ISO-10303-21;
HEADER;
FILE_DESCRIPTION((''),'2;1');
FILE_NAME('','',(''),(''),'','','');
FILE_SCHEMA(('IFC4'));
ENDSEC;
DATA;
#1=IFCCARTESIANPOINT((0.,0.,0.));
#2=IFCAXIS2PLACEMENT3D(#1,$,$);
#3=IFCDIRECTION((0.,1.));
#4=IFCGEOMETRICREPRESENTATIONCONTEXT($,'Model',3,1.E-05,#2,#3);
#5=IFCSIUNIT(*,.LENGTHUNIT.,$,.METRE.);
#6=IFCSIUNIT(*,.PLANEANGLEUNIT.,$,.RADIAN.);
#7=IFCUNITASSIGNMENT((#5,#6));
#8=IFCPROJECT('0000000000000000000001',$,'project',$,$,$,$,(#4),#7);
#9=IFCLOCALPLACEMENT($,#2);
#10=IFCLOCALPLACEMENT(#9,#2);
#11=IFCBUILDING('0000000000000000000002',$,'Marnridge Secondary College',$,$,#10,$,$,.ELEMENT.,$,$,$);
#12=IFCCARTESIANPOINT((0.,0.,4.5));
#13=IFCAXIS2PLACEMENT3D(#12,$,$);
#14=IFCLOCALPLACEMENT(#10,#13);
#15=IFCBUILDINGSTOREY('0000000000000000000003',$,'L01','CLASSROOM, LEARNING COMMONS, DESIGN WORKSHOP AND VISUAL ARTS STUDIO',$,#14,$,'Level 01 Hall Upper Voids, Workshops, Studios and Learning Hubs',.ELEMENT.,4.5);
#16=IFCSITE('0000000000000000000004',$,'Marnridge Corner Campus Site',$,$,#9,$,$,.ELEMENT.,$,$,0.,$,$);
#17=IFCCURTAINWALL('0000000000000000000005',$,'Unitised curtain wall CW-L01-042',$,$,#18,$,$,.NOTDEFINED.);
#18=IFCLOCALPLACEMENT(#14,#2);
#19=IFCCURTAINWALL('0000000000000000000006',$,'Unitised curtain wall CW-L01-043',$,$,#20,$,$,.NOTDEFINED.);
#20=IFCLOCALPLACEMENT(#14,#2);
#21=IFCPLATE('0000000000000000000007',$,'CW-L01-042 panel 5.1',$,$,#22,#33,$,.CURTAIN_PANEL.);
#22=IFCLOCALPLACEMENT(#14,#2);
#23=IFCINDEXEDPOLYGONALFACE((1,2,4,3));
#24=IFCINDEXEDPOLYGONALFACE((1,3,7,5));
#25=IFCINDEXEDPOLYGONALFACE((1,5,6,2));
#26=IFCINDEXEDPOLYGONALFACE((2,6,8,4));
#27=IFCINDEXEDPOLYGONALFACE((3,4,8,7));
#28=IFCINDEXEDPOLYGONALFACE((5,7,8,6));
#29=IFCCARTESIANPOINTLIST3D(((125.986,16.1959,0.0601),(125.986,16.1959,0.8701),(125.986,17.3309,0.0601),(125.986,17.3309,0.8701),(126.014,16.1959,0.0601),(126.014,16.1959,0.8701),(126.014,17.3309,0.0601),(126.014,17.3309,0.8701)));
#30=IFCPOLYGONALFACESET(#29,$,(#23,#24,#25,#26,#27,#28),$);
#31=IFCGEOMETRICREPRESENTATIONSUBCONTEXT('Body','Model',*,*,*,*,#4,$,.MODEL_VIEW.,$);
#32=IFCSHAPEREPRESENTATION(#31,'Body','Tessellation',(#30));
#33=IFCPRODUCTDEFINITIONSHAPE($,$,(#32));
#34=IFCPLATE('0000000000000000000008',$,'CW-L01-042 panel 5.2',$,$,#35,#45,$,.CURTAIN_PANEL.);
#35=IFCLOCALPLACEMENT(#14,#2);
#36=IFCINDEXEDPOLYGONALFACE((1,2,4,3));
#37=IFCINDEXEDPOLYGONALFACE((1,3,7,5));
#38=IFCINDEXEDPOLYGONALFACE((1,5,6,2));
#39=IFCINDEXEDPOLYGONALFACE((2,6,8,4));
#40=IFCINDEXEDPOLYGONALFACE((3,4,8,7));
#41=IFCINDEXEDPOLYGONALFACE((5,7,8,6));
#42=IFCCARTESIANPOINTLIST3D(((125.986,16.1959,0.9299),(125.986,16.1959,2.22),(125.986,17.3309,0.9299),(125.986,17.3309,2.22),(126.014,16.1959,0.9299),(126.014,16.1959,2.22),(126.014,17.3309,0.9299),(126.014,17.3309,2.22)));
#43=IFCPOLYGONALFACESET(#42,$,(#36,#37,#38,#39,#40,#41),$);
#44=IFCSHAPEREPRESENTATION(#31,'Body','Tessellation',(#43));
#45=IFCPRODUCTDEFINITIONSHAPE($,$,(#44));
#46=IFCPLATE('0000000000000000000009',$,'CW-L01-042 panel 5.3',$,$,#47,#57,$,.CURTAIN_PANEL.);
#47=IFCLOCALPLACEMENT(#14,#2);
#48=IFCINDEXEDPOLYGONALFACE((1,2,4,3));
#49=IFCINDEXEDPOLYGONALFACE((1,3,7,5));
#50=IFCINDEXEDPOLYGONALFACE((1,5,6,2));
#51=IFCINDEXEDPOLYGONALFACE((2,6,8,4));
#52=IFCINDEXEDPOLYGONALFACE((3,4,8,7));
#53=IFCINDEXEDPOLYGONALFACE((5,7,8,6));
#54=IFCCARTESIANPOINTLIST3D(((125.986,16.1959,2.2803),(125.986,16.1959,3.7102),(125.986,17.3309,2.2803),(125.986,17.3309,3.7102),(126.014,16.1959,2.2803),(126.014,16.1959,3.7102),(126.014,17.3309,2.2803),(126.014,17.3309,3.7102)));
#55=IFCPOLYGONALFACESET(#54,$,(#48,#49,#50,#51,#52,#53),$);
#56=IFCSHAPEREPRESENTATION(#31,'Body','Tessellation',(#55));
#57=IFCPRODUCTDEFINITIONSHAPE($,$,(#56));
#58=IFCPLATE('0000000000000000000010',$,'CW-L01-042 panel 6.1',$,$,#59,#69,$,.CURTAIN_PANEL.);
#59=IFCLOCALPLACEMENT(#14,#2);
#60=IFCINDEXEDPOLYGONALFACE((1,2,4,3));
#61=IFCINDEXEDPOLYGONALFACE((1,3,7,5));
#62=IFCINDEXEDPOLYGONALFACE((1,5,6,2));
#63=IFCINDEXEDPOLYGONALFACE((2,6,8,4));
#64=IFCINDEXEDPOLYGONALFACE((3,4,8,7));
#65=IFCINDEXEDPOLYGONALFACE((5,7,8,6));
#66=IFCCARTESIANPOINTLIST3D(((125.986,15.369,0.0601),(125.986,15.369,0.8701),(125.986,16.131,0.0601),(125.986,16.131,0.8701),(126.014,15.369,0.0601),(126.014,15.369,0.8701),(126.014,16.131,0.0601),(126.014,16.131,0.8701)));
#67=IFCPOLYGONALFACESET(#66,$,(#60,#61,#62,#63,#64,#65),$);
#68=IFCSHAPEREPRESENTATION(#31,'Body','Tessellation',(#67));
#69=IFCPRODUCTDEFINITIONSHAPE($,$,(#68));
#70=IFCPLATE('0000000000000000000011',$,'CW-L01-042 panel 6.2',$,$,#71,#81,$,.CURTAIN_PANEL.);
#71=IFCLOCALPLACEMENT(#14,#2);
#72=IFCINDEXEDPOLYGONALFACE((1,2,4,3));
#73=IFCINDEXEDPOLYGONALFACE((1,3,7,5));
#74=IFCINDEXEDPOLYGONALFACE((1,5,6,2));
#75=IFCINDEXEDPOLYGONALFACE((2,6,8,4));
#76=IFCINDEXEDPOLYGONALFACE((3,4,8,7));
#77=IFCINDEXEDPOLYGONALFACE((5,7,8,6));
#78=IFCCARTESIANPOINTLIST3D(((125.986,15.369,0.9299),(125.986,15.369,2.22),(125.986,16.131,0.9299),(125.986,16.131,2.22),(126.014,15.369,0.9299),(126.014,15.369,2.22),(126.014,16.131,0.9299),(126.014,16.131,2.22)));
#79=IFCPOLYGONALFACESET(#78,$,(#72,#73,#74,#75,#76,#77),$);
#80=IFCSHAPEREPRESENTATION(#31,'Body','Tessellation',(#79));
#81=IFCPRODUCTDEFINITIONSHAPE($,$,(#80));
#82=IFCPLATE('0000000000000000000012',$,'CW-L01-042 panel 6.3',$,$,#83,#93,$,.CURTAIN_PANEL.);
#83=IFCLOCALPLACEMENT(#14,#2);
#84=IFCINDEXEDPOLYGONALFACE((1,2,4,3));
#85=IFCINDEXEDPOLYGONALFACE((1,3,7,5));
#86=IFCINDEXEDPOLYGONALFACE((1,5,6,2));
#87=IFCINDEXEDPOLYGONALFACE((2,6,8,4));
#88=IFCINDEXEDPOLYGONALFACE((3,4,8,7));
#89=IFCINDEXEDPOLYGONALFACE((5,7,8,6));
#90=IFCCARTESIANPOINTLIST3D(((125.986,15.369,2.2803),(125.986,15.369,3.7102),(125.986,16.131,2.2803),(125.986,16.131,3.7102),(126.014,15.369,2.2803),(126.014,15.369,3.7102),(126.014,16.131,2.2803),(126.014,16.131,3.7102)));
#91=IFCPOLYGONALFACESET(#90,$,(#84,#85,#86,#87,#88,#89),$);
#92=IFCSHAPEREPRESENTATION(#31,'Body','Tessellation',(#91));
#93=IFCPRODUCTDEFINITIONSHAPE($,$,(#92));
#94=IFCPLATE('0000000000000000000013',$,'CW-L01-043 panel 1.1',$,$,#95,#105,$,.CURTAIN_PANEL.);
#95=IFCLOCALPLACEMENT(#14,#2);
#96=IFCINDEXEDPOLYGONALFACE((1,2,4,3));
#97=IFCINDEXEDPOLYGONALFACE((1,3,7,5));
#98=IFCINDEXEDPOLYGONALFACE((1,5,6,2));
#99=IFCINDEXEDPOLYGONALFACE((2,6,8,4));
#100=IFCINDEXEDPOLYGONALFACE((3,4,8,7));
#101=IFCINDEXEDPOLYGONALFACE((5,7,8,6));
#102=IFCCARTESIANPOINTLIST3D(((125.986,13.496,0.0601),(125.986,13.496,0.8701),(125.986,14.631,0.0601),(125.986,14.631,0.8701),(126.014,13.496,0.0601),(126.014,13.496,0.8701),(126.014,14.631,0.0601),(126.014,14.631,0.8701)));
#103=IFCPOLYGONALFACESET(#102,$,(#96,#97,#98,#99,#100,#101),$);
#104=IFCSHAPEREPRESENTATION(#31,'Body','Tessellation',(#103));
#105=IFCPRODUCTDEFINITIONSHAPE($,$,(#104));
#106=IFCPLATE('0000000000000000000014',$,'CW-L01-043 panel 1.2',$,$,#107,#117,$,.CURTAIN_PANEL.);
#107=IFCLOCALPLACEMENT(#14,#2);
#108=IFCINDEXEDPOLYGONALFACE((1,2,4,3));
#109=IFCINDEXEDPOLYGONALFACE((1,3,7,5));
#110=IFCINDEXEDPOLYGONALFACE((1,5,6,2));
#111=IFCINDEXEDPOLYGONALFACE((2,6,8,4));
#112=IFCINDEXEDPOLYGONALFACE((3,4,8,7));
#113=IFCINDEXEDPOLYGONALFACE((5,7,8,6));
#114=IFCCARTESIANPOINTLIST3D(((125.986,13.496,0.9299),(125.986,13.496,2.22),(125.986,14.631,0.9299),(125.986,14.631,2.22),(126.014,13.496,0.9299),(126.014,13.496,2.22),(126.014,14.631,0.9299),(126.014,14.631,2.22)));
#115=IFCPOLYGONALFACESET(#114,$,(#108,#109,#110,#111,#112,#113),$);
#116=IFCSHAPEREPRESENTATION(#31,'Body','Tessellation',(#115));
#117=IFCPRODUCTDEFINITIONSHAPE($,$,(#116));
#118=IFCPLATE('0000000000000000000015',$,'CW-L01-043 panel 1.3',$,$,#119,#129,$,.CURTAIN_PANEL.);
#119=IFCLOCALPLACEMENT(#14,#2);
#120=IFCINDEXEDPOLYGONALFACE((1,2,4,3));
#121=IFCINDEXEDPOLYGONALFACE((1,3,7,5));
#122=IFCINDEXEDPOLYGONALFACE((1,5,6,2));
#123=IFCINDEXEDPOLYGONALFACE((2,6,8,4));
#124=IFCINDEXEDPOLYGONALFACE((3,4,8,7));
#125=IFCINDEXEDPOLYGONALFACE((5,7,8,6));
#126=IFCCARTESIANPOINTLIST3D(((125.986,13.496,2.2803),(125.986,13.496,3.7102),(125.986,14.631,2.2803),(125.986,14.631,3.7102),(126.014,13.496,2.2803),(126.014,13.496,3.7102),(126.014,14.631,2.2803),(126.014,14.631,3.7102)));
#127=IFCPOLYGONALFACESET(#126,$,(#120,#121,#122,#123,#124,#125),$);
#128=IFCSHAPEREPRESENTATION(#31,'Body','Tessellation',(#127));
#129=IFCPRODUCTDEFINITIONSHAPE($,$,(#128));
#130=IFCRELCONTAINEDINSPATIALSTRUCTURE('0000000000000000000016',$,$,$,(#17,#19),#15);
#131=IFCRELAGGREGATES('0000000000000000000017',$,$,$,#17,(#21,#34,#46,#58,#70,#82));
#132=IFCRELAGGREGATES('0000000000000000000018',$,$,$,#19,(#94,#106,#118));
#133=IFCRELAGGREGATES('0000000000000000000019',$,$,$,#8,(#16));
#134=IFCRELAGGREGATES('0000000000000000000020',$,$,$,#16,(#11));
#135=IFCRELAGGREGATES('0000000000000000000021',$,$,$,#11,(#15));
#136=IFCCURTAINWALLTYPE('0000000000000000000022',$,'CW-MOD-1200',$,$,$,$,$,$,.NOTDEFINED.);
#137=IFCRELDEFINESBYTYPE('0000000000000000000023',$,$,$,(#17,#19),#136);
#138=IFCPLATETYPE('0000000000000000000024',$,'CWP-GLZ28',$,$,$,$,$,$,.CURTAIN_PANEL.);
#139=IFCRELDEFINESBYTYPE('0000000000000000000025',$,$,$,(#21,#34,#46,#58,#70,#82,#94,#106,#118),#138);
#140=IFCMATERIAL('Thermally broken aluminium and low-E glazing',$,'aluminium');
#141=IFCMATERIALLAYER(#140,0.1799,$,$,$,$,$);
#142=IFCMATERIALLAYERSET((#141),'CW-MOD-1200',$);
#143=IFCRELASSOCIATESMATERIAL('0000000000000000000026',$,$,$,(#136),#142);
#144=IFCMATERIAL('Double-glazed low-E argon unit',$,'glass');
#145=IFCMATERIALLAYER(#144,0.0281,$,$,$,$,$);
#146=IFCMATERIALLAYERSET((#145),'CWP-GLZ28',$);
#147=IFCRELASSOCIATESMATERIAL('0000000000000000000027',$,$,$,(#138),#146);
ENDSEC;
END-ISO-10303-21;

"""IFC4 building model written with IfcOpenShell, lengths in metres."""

from ifc_helpers import new_model, si_unit, direction, frame, origin, origin_2d, place, context, subcontext, project, spatial, rectangle, extrude, material, layer, layer_set, type_object, element, aggregate, save


model = new_model("IFC4")

# Units and contexts
model_context = context("Model", 3, precision=1e-05, world=origin(), true_north=direction((0.0, 1.0)))
body_context = subcontext(model_context, "Body", "Model", "MODEL_VIEW")
ifc_project = project(units=[si_unit("LENGTHUNIT", "METRE"), si_unit("PLANEANGLEUNIT", "RADIAN")], contexts=[model_context])

# Site, building, storey
site_placement = place(None, origin())
site = spatial("IfcSite", under=ifc_project, at=site_placement, Name="Marnridge Corner Campus Site", CompositionType="ELEMENT", RefElevation=0.0)
building_placement = place(site_placement, origin())
building = spatial("IfcBuilding", under=site, at=building_placement, Name="Marnridge Secondary College", CompositionType="ELEMENT")
storey_placement = place(building_placement, frame((0.0, 0.0, 4.5)))
storey = spatial("IfcBuildingStorey", under=building, at=storey_placement, Name="L01", Description="CLASSROOM, LEARNING COMMONS, DESIGN WORKSHOP AND VISUAL ARTS STUDIO", LongName="Level 01 Hall Upper Voids, Workshops, Studios and Learning Hubs", CompositionType="ELEMENT", Elevation=4.5)

# Curtain walls
ifc_material_1 = material(Name="Thermally broken aluminium and low-E glazing", Category="aluminium")
ifc_layer_1 = layer(ifc_material_1, 0.1799)
ifc_layer_set_1 = layer_set([ifc_layer_1], Name="CW-MOD-1200")
curtain_wall_type = type_object("IfcCurtainWallType", Name="CW-MOD-1200", PredefinedType="NOTDEFINED", material=ifc_layer_set_1)
curtain_wall_1_placement = place(storey_placement, origin())
curtain_wall_1 = element("IfcCurtainWall", 1, at=curtain_wall_1_placement, inside=storey, type_object=curtain_wall_type, Name="Unitised curtain wall CW-L01-042", PredefinedType="NOTDEFINED")
curtain_wall_2_placement = place(storey_placement, origin())
curtain_wall_2 = element("IfcCurtainWall", 2, at=curtain_wall_2_placement, inside=storey, type_object=curtain_wall_type, Name="Unitised curtain wall CW-L01-043", PredefinedType="NOTDEFINED")

# Plates
ifc_material_2 = material(Name="Double-glazed low-E argon unit", Category="glass")
ifc_layer_2 = layer(ifc_material_2, 0.0281)
ifc_layer_set_2 = layer_set([ifc_layer_2], Name="CWP-GLZ28")
plate_type = type_object("IfcPlateType", Name="CWP-GLZ28", PredefinedType="CURTAIN_PANEL", material=ifc_layer_set_2)
plate_1_placement = place(storey_placement, frame((126.0, 16.7634, 0.0601), z_axis=(0.0, 0.0, 1.0), x_axis=(0.0, -1.0, 0.0)))
plate_1 = element("IfcPlate", 3, at=plate_1_placement, type_object=plate_type, Name="CW-L01-042 panel 5.1", PredefinedType="CURTAIN_PANEL", context=body_context, shape_type="SweptSolid", body=[
    extrude(rectangle(XDim=1.135, YDim=0.0281, at=origin_2d()), origin(), (0.0, 0.0, 1.0), 0.8101),
])
plate_2_placement = place(storey_placement, frame((126.0, 16.7634, 0.9299), z_axis=(0.0, 0.0, 1.0), x_axis=(0.0, -1.0, 0.0)))
plate_2 = element("IfcPlate", 4, at=plate_2_placement, type_object=plate_type, Name="CW-L01-042 panel 5.2", PredefinedType="CURTAIN_PANEL", context=body_context, shape_type="SweptSolid", body=[
    extrude(rectangle(XDim=1.135, YDim=0.0281, at=origin_2d()), origin(), (0.0, 0.0, 1.0), 1.29),
])
plate_3_placement = place(storey_placement, frame((126.0, 16.7634, 2.2803), z_axis=(0.0, 0.0, 1.0), x_axis=(0.0, -1.0, 0.0)))
plate_3 = element("IfcPlate", 5, at=plate_3_placement, type_object=plate_type, Name="CW-L01-042 panel 5.3", PredefinedType="CURTAIN_PANEL", context=body_context, shape_type="SweptSolid", body=[
    extrude(rectangle(XDim=1.135, YDim=0.0281, at=origin_2d()), origin(), (0.0, 0.0, 1.0), 1.4299),
])
plate_4_placement = place(storey_placement, frame((126.0, 15.75, 0.0601), z_axis=(0.0, 0.0, 1.0), x_axis=(0.0, -1.0, 0.0)))
plate_4 = element("IfcPlate", 6, at=plate_4_placement, type_object=plate_type, Name="CW-L01-042 panel 6.1", PredefinedType="CURTAIN_PANEL", context=body_context, shape_type="SweptSolid", body=[
    extrude(rectangle(XDim=0.762, YDim=0.0281, at=origin_2d()), origin(), (0.0, 0.0, 1.0), 0.8101),
])
plate_5_placement = place(storey_placement, frame((126.0, 15.75, 0.9299), z_axis=(0.0, 0.0, 1.0), x_axis=(0.0, -1.0, 0.0)))
plate_5 = element("IfcPlate", 7, at=plate_5_placement, type_object=plate_type, Name="CW-L01-042 panel 6.2", PredefinedType="CURTAIN_PANEL", context=body_context, shape_type="SweptSolid", body=[
    extrude(rectangle(XDim=0.762, YDim=0.0281, at=origin_2d()), origin(), (0.0, 0.0, 1.0), 1.29),
])
plate_6_placement = place(storey_placement, frame((126.0, 15.75, 2.2803), z_axis=(0.0, 0.0, 1.0), x_axis=(0.0, -1.0, 0.0)))
plate_6 = element("IfcPlate", 8, at=plate_6_placement, type_object=plate_type, Name="CW-L01-042 panel 6.3", PredefinedType="CURTAIN_PANEL", context=body_context, shape_type="SweptSolid", body=[
    extrude(rectangle(XDim=0.762, YDim=0.0281, at=origin_2d()), origin(), (0.0, 0.0, 1.0), 1.4299),
])
aggregate(curtain_wall_1, [plate_1, plate_2, plate_3, plate_4, plate_5, plate_6])
plate_7_placement = place(storey_placement, frame((126.0, 14.0635, 0.0601), z_axis=(0.0, 0.0, 1.0), x_axis=(0.0, -1.0, 0.0)))
plate_7 = element("IfcPlate", 9, at=plate_7_placement, type_object=plate_type, Name="CW-L01-043 panel 1.1", PredefinedType="CURTAIN_PANEL", context=body_context, shape_type="SweptSolid", body=[
    extrude(rectangle(XDim=1.135, YDim=0.0281, at=origin_2d()), origin(), (0.0, 0.0, 1.0), 0.8101),
])
plate_8_placement = place(storey_placement, frame((126.0, 14.0635, 0.9299), z_axis=(0.0, 0.0, 1.0), x_axis=(0.0, -1.0, 0.0)))
plate_8 = element("IfcPlate", 10, at=plate_8_placement, type_object=plate_type, Name="CW-L01-043 panel 1.2", PredefinedType="CURTAIN_PANEL", context=body_context, shape_type="SweptSolid", body=[
    extrude(rectangle(XDim=1.135, YDim=0.0281, at=origin_2d()), origin(), (0.0, 0.0, 1.0), 1.29),
])
plate_9_placement = place(storey_placement, frame((126.0, 14.0635, 2.2803), z_axis=(0.0, 0.0, 1.0), x_axis=(0.0, -1.0, 0.0)))
plate_9 = element("IfcPlate", 11, at=plate_9_placement, type_object=plate_type, Name="CW-L01-043 panel 1.3", PredefinedType="CURTAIN_PANEL", context=body_context, shape_type="SweptSolid", body=[
    extrude(rectangle(XDim=1.135, YDim=0.0281, at=origin_2d()), origin(), (0.0, 0.0, 1.0), 1.4299),
])
aggregate(curtain_wall_2, [plate_7, plate_8, plate_9])

save(model, "model.ifc")
